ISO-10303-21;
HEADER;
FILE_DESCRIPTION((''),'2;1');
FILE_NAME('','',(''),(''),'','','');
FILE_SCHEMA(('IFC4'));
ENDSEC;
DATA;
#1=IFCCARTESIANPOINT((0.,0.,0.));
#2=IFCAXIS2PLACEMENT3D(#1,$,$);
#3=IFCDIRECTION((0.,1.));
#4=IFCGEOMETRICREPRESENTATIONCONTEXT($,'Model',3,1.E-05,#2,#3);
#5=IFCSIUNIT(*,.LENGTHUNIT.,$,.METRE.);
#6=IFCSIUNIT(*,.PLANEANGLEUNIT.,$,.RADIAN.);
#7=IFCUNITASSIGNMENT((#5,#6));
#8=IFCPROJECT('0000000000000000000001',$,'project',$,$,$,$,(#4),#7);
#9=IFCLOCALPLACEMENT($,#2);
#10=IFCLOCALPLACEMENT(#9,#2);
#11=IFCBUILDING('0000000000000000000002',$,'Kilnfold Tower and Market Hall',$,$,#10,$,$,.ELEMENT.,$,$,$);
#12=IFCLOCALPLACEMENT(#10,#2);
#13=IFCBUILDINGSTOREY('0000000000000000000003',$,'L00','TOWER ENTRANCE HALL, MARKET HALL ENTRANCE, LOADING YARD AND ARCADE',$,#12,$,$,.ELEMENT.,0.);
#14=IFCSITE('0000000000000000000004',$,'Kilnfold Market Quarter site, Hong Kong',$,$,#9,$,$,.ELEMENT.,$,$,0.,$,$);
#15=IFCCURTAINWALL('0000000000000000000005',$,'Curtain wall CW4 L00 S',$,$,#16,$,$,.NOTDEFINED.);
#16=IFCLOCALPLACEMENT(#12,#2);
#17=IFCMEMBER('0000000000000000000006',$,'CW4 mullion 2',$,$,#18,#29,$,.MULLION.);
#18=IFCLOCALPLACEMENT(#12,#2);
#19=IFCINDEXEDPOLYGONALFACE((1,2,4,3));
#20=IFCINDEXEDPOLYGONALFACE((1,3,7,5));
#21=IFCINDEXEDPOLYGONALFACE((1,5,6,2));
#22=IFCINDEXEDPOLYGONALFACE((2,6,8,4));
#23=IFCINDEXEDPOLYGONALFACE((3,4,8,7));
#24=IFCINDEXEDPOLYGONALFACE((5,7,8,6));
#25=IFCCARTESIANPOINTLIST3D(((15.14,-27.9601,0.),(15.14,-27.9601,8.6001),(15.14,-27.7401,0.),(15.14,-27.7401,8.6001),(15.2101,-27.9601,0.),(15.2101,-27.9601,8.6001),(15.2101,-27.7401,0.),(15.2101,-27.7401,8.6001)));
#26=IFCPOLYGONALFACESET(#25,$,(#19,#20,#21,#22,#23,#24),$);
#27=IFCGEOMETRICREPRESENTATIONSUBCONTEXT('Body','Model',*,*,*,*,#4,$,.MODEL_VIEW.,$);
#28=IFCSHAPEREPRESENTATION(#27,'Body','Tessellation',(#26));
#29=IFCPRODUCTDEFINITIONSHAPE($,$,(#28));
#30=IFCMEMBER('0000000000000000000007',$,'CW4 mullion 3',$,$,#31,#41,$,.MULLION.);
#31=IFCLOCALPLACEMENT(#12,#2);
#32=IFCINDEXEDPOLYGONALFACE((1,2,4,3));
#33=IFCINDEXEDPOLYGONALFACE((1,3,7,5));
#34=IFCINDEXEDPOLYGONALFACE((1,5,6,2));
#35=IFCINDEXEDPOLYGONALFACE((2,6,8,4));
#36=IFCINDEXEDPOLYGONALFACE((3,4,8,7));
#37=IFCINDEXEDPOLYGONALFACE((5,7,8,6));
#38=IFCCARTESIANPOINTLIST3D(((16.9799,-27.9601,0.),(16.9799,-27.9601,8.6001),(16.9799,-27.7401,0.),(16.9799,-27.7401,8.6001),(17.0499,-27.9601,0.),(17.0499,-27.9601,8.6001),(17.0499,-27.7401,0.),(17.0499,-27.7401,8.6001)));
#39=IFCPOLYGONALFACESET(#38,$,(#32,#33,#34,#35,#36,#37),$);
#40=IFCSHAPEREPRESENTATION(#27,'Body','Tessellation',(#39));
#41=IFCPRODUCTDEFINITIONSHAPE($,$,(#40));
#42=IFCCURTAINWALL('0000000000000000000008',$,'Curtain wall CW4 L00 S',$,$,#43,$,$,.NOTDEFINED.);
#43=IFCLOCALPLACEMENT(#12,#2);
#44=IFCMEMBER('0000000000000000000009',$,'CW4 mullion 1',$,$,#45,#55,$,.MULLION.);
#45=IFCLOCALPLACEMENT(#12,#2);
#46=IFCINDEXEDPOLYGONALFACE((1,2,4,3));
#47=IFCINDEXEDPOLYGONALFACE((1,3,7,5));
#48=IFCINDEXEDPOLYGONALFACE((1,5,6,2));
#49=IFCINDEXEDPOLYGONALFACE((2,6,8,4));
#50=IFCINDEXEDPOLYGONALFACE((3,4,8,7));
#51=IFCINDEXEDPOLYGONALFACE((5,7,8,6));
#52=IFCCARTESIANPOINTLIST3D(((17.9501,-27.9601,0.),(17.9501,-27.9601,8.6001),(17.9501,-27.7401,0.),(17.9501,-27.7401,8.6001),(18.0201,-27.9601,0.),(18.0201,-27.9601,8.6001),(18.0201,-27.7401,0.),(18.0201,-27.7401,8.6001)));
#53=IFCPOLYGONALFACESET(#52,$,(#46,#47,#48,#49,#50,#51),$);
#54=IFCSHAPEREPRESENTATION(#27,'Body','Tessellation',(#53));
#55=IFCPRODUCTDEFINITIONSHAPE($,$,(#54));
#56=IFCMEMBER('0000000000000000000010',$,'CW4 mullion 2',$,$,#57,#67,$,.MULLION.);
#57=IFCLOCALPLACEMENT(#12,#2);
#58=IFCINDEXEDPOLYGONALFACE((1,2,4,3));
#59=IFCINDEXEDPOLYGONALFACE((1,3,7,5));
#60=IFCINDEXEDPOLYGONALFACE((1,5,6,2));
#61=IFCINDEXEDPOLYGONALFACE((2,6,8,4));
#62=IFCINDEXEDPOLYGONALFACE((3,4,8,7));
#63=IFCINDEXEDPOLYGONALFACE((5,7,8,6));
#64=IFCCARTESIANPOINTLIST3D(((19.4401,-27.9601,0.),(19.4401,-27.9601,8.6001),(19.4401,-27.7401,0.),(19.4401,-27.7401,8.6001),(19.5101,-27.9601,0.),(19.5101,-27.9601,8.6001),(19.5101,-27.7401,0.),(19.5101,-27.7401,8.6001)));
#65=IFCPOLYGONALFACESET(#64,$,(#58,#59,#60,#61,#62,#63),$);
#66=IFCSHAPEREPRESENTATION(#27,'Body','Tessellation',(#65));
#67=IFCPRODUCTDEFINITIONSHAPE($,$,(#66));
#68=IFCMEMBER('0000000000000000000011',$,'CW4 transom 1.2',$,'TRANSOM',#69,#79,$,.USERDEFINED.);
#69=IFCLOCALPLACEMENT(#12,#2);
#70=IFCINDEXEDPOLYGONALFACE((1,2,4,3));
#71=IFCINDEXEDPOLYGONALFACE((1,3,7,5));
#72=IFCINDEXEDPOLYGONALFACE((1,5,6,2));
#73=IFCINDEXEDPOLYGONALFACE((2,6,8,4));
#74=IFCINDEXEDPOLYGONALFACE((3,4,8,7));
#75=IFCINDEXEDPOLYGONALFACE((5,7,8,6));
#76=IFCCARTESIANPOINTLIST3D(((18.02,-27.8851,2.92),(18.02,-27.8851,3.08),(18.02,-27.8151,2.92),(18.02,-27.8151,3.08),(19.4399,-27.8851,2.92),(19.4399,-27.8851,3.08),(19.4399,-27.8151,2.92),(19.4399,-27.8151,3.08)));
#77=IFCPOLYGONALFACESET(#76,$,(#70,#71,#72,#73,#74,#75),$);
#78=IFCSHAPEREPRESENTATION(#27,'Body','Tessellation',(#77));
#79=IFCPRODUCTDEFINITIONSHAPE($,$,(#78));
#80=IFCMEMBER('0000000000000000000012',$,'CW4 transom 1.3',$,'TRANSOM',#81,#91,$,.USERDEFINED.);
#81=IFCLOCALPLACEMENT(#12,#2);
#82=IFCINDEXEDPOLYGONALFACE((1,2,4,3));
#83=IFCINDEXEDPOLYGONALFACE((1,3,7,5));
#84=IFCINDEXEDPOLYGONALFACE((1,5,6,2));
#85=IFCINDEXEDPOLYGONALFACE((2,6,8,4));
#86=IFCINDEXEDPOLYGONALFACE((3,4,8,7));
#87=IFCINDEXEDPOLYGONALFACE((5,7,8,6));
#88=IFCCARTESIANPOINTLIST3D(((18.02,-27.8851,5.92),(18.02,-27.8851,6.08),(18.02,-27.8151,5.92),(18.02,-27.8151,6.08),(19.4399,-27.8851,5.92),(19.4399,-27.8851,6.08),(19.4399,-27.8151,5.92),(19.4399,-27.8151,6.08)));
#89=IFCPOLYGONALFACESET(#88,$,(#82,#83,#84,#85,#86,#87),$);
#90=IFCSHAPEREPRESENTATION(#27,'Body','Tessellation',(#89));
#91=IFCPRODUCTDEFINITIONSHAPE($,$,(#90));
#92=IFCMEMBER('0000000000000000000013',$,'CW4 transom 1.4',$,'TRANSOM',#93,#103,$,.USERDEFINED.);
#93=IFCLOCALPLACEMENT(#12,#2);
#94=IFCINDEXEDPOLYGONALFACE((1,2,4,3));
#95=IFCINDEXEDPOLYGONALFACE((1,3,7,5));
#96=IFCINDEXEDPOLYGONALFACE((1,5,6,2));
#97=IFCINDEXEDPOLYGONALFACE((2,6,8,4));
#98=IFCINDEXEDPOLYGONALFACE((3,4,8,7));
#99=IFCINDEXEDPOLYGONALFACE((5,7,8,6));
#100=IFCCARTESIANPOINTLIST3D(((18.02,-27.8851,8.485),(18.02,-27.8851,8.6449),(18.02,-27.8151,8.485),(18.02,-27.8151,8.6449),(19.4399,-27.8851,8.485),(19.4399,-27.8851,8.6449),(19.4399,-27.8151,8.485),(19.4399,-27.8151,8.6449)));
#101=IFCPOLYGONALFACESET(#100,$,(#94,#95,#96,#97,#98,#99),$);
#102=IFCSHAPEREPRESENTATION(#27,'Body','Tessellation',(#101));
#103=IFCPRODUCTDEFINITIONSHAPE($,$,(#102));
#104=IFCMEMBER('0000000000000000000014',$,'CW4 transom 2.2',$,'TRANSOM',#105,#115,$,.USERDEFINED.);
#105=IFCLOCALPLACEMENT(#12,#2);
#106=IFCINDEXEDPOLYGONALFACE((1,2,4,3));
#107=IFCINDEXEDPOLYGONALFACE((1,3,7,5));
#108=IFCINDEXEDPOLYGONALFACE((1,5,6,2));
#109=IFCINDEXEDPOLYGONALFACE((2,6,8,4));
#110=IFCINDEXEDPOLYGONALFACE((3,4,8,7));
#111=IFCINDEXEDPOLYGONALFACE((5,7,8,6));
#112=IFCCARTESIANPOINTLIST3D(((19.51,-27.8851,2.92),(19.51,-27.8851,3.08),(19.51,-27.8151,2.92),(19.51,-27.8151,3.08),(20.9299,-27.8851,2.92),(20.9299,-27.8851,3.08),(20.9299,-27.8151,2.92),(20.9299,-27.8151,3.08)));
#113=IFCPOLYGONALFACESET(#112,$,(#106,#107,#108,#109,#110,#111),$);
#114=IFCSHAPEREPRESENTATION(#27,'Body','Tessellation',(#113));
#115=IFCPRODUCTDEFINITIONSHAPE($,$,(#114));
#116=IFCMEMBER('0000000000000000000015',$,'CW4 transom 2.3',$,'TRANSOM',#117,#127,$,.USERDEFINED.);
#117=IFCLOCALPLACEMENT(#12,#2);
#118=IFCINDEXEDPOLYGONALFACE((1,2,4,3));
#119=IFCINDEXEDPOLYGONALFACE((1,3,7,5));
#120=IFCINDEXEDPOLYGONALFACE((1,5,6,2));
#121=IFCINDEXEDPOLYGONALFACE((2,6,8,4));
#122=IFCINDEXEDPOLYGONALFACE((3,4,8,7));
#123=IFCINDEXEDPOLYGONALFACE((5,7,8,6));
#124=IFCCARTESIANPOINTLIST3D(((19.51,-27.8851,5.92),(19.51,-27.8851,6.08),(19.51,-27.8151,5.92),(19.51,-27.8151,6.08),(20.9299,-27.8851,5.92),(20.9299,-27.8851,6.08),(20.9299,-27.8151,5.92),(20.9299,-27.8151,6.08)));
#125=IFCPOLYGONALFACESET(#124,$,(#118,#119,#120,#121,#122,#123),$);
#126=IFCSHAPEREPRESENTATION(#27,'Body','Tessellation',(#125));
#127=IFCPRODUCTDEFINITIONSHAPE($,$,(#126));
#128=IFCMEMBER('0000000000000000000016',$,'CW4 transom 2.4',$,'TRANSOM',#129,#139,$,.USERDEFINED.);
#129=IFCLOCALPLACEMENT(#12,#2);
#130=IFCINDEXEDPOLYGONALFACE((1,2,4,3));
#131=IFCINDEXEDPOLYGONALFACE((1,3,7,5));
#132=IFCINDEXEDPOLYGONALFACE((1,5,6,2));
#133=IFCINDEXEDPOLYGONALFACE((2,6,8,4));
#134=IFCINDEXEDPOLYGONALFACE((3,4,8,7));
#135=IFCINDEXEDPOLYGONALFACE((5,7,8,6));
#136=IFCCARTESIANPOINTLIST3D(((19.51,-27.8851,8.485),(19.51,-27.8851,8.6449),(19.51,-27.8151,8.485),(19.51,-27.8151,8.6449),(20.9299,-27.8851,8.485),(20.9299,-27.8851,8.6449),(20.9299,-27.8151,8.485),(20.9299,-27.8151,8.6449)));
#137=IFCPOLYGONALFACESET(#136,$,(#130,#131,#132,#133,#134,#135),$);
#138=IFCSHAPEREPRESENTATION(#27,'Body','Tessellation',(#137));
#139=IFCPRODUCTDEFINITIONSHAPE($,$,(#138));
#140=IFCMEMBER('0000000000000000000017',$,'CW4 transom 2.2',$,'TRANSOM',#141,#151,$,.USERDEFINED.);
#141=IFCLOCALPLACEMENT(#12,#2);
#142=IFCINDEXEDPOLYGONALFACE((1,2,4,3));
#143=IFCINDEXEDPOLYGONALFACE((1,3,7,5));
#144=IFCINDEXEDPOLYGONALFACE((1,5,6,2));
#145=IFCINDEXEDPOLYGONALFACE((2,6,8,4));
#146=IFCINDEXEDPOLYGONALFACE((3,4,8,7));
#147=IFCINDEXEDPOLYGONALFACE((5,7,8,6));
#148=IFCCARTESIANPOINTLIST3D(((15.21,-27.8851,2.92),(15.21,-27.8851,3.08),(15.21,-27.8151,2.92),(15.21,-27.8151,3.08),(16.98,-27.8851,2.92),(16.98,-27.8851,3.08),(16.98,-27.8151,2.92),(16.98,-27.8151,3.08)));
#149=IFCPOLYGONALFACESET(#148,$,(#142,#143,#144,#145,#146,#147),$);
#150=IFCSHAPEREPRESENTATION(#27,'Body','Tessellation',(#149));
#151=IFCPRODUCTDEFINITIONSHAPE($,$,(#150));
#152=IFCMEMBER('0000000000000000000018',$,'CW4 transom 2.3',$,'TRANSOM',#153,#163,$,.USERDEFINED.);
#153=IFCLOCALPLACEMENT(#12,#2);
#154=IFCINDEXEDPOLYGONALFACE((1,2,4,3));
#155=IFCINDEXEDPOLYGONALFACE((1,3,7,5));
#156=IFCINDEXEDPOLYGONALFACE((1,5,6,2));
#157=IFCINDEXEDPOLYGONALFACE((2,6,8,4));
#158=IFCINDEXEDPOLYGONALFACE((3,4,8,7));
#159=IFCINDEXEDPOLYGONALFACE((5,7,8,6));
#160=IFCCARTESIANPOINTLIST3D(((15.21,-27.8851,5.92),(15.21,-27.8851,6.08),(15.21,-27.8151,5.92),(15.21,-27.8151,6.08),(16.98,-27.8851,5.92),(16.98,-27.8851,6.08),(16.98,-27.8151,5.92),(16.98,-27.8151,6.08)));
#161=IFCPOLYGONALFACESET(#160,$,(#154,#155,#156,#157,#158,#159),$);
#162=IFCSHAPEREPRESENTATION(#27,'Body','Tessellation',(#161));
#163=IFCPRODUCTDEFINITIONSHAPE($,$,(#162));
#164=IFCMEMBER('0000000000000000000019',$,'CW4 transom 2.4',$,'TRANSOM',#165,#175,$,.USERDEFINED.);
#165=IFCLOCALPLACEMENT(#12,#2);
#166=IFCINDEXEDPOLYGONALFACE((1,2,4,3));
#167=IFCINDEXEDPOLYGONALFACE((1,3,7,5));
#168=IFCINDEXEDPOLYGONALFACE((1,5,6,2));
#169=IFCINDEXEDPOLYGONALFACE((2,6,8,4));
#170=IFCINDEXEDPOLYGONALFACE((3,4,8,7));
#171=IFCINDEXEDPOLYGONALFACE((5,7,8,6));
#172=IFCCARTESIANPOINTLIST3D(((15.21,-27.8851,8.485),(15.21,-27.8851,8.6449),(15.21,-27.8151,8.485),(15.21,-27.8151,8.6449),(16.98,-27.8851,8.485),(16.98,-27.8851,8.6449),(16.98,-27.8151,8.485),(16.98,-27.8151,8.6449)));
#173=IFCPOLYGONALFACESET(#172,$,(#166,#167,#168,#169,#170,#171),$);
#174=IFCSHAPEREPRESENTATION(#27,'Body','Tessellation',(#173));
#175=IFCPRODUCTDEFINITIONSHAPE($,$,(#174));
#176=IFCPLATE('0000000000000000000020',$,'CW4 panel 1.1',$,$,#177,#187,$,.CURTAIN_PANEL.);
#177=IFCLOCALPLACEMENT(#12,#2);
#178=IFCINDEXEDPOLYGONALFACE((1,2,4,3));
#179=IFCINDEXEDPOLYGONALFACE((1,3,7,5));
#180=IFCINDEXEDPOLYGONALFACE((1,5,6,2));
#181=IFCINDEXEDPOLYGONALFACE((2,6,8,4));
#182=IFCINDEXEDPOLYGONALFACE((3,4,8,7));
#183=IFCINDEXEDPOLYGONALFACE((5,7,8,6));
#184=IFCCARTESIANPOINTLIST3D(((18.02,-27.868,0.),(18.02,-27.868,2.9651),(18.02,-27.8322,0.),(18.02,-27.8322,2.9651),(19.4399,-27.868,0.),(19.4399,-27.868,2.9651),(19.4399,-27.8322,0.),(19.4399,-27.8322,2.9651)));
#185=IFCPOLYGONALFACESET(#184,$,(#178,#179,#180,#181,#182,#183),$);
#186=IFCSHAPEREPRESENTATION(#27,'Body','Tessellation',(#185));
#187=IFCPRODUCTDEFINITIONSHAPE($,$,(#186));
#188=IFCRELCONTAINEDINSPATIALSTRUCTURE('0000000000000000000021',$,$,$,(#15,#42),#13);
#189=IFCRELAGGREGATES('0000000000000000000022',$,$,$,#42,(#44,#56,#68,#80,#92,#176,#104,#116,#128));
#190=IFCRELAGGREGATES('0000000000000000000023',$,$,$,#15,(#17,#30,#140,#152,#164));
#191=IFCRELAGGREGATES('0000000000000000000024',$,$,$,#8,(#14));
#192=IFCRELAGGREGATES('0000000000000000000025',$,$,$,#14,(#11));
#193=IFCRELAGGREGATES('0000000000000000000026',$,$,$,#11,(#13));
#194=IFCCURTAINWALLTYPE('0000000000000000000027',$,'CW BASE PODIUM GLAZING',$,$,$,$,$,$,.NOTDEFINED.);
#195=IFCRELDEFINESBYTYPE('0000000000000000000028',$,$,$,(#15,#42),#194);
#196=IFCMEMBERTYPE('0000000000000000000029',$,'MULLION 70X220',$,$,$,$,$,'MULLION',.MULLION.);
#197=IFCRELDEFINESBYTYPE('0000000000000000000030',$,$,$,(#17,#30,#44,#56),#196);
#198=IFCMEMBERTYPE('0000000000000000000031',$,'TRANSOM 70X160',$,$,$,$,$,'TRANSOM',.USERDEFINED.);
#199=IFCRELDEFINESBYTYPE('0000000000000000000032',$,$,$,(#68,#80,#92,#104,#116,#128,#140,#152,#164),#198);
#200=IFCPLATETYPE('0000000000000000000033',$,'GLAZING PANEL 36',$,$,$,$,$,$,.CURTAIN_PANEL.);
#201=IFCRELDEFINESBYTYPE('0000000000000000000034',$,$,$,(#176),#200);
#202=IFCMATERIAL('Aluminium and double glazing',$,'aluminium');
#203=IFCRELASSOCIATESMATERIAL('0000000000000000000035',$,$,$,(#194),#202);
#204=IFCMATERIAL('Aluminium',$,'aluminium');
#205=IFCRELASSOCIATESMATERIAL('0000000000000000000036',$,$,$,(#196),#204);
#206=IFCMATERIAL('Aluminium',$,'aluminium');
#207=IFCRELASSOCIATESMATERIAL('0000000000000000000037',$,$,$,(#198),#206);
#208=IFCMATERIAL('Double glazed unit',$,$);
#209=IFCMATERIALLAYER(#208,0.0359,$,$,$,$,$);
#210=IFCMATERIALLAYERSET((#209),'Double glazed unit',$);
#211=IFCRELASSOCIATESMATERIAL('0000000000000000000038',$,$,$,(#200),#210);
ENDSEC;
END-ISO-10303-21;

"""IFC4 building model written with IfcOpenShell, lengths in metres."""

from ifc_helpers import new_model, si_unit, direction, frame, origin, origin_2d, place, context, subcontext, project, spatial, rectangle, extrude, source, transform, mapped, material, layer, layer_set, material_profile, profile_set, type_object, element, aggregate, save


model = new_model("IFC4")

# Units and contexts
model_context = context("Model", 3, precision=1e-05, world=origin(), true_north=direction((0.0, 1.0)))
body_context = subcontext(model_context, "Body", "Model", "MODEL_VIEW")
ifc_project = project(units=[si_unit("LENGTHUNIT", "METRE"), si_unit("PLANEANGLEUNIT", "RADIAN")], contexts=[model_context])

# Site, building, storey
site_placement = place(None, origin())
site = spatial("IfcSite", under=ifc_project, at=site_placement, Name="Kilnfold Market Quarter site, Hong Kong", CompositionType="ELEMENT", RefElevation=0.0)
building_placement = place(site_placement, origin())
building = spatial("IfcBuilding", under=site, at=building_placement, Name="Kilnfold Tower and Market Hall", CompositionType="ELEMENT")
storey_placement = place(building_placement, origin())
storey = spatial("IfcBuildingStorey", under=building, at=storey_placement, Name="L00", Description="TOWER ENTRANCE HALL, MARKET HALL ENTRANCE, LOADING YARD AND ARCADE", CompositionType="ELEMENT", Elevation=0.0)

# Curtain walls, members
ifc_material_1 = material(Name="Aluminium and double glazing", Category="aluminium")
curtain_wall_type = type_object("IfcCurtainWallType", Name="CW BASE PODIUM GLAZING", PredefinedType="NOTDEFINED", material=ifc_material_1)
curtain_wall_1_placement = place(storey_placement, origin())
curtain_wall_1 = element("IfcCurtainWall", 1, at=curtain_wall_1_placement, inside=storey, type_object=curtain_wall_type, Name="Curtain wall CW4 L00 S", PredefinedType="NOTDEFINED")
ifc_material_2 = material(Name="Aluminium", Category="aluminium")
ifc_material_profile_1 = material_profile(ifc_material_2, rectangle(XDim=0.0701, YDim=0.22, at=origin_2d()), Name="MULLION 70x220")
ifc_profile_set_1 = profile_set([ifc_material_profile_1], Name="Aluminium")
member_type_1 = type_object("IfcMemberType", Name="MULLION 70X220", ElementType="MULLION", PredefinedType="MULLION", material=ifc_profile_set_1)
shared_shape_1 = source(origin(), body_context, "Body", "SweptSolid", [
    extrude(rectangle(XDim=0.0701, YDim=0.22, at=origin_2d()), origin(), (0.0, 0.0, 1.0), 8.6001),
])
member_1_placement = place(storey_placement, frame((15.175, -27.8501, 0.0), z_axis=(0.0, 0.0, 1.0), x_axis=(1.0, 0.0, 0.0)))
member_1 = element("IfcMember", 2, at=member_1_placement, type_object=member_type_1, Name="CW4 mullion 2", PredefinedType="MULLION", context=body_context, shape_type="MappedRepresentation", body=[
    mapped(shared_shape_1, transform((0.0, 0.0, 0.0))),
])
member_2_placement = place(storey_placement, frame((17.0149, -27.8501, 0.0), z_axis=(0.0, 0.0, 1.0), x_axis=(1.0, 0.0, 0.0)))
member_2 = element("IfcMember", 3, at=member_2_placement, type_object=member_type_1, Name="CW4 mullion 3", PredefinedType="MULLION", context=body_context, shape_type="MappedRepresentation", body=[
    mapped(shared_shape_1, transform((0.0, 0.0, 0.0))),
])
curtain_wall_2_placement = place(storey_placement, origin())
curtain_wall_2 = element("IfcCurtainWall", 4, at=curtain_wall_2_placement, inside=storey, type_object=curtain_wall_type, Name="Curtain wall CW4 L00 S", PredefinedType="NOTDEFINED")
member_3_placement = place(storey_placement, frame((17.9851, -27.8501, 0.0), z_axis=(0.0, 0.0, 1.0), x_axis=(1.0, 0.0, 0.0)))
member_3 = element("IfcMember", 5, at=member_3_placement, type_object=member_type_1, Name="CW4 mullion 1", PredefinedType="MULLION", context=body_context, shape_type="MappedRepresentation", body=[
    mapped(shared_shape_1, transform((0.0, 0.0, 0.0))),
])
member_4_placement = place(storey_placement, frame((19.4751, -27.8501, 0.0), z_axis=(0.0, 0.0, 1.0), x_axis=(1.0, 0.0, 0.0)))
member_4 = element("IfcMember", 6, at=member_4_placement, type_object=member_type_1, Name="CW4 mullion 2", PredefinedType="MULLION", context=body_context, shape_type="MappedRepresentation", body=[
    mapped(shared_shape_1, transform((0.0, 0.0, 0.0))),
])
ifc_material_3 = material(Name="Aluminium", Category="aluminium")
ifc_material_profile_2 = material_profile(ifc_material_3, rectangle(XDim=0.0701, YDim=0.1599, at=origin_2d()), Name="TRANSOM 70x160")
ifc_profile_set_2 = profile_set([ifc_material_profile_2], Name="Aluminium")
member_type_2 = type_object("IfcMemberType", Name="TRANSOM 70X160", ElementType="TRANSOM", PredefinedType="USERDEFINED", material=ifc_profile_set_2)
shared_shape_2 = source(origin(), body_context, "Body", "SweptSolid", [
    extrude(rectangle(XDim=0.0701, YDim=0.1599, at=origin_2d()), origin(), (0.0, 0.0, 1.0), 1.4199),
])
member_5_placement = place(storey_placement, frame((18.02, -27.8501, 3.0), z_axis=(1.0, 0.0, 0.0), x_axis=(0.0, 1.0, 0.0)))
member_5 = element("IfcMember", 7, at=member_5_placement, type_object=member_type_2, Name="CW4 transom 1.2", ObjectType="TRANSOM", PredefinedType="USERDEFINED", context=body_context, shape_type="MappedRepresentation", body=[
    mapped(shared_shape_2, transform((0.0, 0.0, 0.0))),
])
member_6_placement = place(storey_placement, frame((18.02, -27.8501, 6.0), z_axis=(1.0, 0.0, 0.0), x_axis=(0.0, 1.0, 0.0)))
member_6 = element("IfcMember", 8, at=member_6_placement, type_object=member_type_2, Name="CW4 transom 1.3", ObjectType="TRANSOM", PredefinedType="USERDEFINED", context=body_context, shape_type="MappedRepresentation", body=[
    mapped(shared_shape_2, transform((0.0, 0.0, 0.0))),
])
member_7_placement = place(storey_placement, frame((18.02, -27.8501, 8.5649), z_axis=(1.0, 0.0, 0.0), x_axis=(0.0, 1.0, 0.0)))
member_7 = element("IfcMember", 9, at=member_7_placement, type_object=member_type_2, Name="CW4 transom 1.4", ObjectType="TRANSOM", PredefinedType="USERDEFINED", context=body_context, shape_type="MappedRepresentation", body=[
    mapped(shared_shape_2, transform((0.0, 0.0, 0.0))),
])
member_8_placement = place(storey_placement, frame((19.51, -27.8501, 3.0), z_axis=(1.0, 0.0, 0.0), x_axis=(0.0, 1.0, 0.0)))
member_8 = element("IfcMember", 10, at=member_8_placement, type_object=member_type_2, Name="CW4 transom 2.2", ObjectType="TRANSOM", PredefinedType="USERDEFINED", context=body_context, shape_type="MappedRepresentation", body=[
    mapped(shared_shape_2, transform((0.0, 0.0, 0.0))),
])
member_9_placement = place(storey_placement, frame((19.51, -27.8501, 6.0), z_axis=(1.0, 0.0, 0.0), x_axis=(0.0, 1.0, 0.0)))
member_9 = element("IfcMember", 11, at=member_9_placement, type_object=member_type_2, Name="CW4 transom 2.3", ObjectType="TRANSOM", PredefinedType="USERDEFINED", context=body_context, shape_type="MappedRepresentation", body=[
    mapped(shared_shape_2, transform((0.0, 0.0, 0.0))),
])
member_10_placement = place(storey_placement, frame((19.51, -27.8501, 8.5649), z_axis=(1.0, 0.0, 0.0), x_axis=(0.0, 1.0, 0.0)))
member_10 = element("IfcMember", 12, at=member_10_placement, type_object=member_type_2, Name="CW4 transom 2.4", ObjectType="TRANSOM", PredefinedType="USERDEFINED", context=body_context, shape_type="MappedRepresentation", body=[
    mapped(shared_shape_2, transform((0.0, 0.0, 0.0))),
])

# Members
shared_shape_3 = source(origin(), body_context, "Body", "SweptSolid", [
    extrude(rectangle(XDim=0.0701, YDim=0.1599, at=origin_2d()), origin(), (0.0, 0.0, 1.0), 1.77),
])
member_11_placement = place(storey_placement, frame((15.21, -27.8501, 3.0), z_axis=(1.0, 0.0, 0.0), x_axis=(0.0, 1.0, 0.0)))
member_11 = element("IfcMember", 13, at=member_11_placement, type_object=member_type_2, Name="CW4 transom 2.2", ObjectType="TRANSOM", PredefinedType="USERDEFINED", context=body_context, shape_type="MappedRepresentation", body=[
    mapped(shared_shape_3, transform((0.0, 0.0, 0.0))),
])
member_12_placement = place(storey_placement, frame((15.21, -27.8501, 6.0), z_axis=(1.0, 0.0, 0.0), x_axis=(0.0, 1.0, 0.0)))
member_12 = element("IfcMember", 14, at=member_12_placement, type_object=member_type_2, Name="CW4 transom 2.3", ObjectType="TRANSOM", PredefinedType="USERDEFINED", context=body_context, shape_type="MappedRepresentation", body=[
    mapped(shared_shape_3, transform((0.0, 0.0, 0.0))),
])
member_13_placement = place(storey_placement, frame((15.21, -27.8501, 8.5649), z_axis=(1.0, 0.0, 0.0), x_axis=(0.0, 1.0, 0.0)))
member_13 = element("IfcMember", 15, at=member_13_placement, type_object=member_type_2, Name="CW4 transom 2.4", ObjectType="TRANSOM", PredefinedType="USERDEFINED", context=body_context, shape_type="MappedRepresentation", body=[
    mapped(shared_shape_3, transform((0.0, 0.0, 0.0))),
])

# Plate
ifc_material_4 = material(Name="Double glazed unit")
ifc_layer = layer(ifc_material_4, 0.0359)
ifc_layer_set = layer_set([ifc_layer], Name="Double glazed unit")
plate_type = type_object("IfcPlateType", Name="GLAZING PANEL 36", PredefinedType="CURTAIN_PANEL", material=ifc_layer_set)
shared_shape_4 = source(origin(), body_context, "Body", "SweptSolid", [
    extrude(rectangle(XDim=1.4199, YDim=0.0359, at=origin_2d()), origin(), (0.0, 0.0, 1.0), 2.9651),
])
plate_1_placement = place(storey_placement, frame((18.73, -27.8501, 0.0), z_axis=(0.0, 0.0, 1.0), x_axis=(1.0, 0.0, 0.0)))
plate_1 = element("IfcPlate", 16, at=plate_1_placement, type_object=plate_type, Name="CW4 panel 1.1", PredefinedType="CURTAIN_PANEL", context=body_context, shape_type="MappedRepresentation", body=[
    mapped(shared_shape_4, transform((0.0, 0.0, 0.0))),
])
aggregate(curtain_wall_2, [member_3, member_4, member_5, member_6, member_7, plate_1, member_8, member_9, member_10])
aggregate(curtain_wall_1, [member_1, member_2, member_11, member_12, member_13])

save(model, "model.ifc")
